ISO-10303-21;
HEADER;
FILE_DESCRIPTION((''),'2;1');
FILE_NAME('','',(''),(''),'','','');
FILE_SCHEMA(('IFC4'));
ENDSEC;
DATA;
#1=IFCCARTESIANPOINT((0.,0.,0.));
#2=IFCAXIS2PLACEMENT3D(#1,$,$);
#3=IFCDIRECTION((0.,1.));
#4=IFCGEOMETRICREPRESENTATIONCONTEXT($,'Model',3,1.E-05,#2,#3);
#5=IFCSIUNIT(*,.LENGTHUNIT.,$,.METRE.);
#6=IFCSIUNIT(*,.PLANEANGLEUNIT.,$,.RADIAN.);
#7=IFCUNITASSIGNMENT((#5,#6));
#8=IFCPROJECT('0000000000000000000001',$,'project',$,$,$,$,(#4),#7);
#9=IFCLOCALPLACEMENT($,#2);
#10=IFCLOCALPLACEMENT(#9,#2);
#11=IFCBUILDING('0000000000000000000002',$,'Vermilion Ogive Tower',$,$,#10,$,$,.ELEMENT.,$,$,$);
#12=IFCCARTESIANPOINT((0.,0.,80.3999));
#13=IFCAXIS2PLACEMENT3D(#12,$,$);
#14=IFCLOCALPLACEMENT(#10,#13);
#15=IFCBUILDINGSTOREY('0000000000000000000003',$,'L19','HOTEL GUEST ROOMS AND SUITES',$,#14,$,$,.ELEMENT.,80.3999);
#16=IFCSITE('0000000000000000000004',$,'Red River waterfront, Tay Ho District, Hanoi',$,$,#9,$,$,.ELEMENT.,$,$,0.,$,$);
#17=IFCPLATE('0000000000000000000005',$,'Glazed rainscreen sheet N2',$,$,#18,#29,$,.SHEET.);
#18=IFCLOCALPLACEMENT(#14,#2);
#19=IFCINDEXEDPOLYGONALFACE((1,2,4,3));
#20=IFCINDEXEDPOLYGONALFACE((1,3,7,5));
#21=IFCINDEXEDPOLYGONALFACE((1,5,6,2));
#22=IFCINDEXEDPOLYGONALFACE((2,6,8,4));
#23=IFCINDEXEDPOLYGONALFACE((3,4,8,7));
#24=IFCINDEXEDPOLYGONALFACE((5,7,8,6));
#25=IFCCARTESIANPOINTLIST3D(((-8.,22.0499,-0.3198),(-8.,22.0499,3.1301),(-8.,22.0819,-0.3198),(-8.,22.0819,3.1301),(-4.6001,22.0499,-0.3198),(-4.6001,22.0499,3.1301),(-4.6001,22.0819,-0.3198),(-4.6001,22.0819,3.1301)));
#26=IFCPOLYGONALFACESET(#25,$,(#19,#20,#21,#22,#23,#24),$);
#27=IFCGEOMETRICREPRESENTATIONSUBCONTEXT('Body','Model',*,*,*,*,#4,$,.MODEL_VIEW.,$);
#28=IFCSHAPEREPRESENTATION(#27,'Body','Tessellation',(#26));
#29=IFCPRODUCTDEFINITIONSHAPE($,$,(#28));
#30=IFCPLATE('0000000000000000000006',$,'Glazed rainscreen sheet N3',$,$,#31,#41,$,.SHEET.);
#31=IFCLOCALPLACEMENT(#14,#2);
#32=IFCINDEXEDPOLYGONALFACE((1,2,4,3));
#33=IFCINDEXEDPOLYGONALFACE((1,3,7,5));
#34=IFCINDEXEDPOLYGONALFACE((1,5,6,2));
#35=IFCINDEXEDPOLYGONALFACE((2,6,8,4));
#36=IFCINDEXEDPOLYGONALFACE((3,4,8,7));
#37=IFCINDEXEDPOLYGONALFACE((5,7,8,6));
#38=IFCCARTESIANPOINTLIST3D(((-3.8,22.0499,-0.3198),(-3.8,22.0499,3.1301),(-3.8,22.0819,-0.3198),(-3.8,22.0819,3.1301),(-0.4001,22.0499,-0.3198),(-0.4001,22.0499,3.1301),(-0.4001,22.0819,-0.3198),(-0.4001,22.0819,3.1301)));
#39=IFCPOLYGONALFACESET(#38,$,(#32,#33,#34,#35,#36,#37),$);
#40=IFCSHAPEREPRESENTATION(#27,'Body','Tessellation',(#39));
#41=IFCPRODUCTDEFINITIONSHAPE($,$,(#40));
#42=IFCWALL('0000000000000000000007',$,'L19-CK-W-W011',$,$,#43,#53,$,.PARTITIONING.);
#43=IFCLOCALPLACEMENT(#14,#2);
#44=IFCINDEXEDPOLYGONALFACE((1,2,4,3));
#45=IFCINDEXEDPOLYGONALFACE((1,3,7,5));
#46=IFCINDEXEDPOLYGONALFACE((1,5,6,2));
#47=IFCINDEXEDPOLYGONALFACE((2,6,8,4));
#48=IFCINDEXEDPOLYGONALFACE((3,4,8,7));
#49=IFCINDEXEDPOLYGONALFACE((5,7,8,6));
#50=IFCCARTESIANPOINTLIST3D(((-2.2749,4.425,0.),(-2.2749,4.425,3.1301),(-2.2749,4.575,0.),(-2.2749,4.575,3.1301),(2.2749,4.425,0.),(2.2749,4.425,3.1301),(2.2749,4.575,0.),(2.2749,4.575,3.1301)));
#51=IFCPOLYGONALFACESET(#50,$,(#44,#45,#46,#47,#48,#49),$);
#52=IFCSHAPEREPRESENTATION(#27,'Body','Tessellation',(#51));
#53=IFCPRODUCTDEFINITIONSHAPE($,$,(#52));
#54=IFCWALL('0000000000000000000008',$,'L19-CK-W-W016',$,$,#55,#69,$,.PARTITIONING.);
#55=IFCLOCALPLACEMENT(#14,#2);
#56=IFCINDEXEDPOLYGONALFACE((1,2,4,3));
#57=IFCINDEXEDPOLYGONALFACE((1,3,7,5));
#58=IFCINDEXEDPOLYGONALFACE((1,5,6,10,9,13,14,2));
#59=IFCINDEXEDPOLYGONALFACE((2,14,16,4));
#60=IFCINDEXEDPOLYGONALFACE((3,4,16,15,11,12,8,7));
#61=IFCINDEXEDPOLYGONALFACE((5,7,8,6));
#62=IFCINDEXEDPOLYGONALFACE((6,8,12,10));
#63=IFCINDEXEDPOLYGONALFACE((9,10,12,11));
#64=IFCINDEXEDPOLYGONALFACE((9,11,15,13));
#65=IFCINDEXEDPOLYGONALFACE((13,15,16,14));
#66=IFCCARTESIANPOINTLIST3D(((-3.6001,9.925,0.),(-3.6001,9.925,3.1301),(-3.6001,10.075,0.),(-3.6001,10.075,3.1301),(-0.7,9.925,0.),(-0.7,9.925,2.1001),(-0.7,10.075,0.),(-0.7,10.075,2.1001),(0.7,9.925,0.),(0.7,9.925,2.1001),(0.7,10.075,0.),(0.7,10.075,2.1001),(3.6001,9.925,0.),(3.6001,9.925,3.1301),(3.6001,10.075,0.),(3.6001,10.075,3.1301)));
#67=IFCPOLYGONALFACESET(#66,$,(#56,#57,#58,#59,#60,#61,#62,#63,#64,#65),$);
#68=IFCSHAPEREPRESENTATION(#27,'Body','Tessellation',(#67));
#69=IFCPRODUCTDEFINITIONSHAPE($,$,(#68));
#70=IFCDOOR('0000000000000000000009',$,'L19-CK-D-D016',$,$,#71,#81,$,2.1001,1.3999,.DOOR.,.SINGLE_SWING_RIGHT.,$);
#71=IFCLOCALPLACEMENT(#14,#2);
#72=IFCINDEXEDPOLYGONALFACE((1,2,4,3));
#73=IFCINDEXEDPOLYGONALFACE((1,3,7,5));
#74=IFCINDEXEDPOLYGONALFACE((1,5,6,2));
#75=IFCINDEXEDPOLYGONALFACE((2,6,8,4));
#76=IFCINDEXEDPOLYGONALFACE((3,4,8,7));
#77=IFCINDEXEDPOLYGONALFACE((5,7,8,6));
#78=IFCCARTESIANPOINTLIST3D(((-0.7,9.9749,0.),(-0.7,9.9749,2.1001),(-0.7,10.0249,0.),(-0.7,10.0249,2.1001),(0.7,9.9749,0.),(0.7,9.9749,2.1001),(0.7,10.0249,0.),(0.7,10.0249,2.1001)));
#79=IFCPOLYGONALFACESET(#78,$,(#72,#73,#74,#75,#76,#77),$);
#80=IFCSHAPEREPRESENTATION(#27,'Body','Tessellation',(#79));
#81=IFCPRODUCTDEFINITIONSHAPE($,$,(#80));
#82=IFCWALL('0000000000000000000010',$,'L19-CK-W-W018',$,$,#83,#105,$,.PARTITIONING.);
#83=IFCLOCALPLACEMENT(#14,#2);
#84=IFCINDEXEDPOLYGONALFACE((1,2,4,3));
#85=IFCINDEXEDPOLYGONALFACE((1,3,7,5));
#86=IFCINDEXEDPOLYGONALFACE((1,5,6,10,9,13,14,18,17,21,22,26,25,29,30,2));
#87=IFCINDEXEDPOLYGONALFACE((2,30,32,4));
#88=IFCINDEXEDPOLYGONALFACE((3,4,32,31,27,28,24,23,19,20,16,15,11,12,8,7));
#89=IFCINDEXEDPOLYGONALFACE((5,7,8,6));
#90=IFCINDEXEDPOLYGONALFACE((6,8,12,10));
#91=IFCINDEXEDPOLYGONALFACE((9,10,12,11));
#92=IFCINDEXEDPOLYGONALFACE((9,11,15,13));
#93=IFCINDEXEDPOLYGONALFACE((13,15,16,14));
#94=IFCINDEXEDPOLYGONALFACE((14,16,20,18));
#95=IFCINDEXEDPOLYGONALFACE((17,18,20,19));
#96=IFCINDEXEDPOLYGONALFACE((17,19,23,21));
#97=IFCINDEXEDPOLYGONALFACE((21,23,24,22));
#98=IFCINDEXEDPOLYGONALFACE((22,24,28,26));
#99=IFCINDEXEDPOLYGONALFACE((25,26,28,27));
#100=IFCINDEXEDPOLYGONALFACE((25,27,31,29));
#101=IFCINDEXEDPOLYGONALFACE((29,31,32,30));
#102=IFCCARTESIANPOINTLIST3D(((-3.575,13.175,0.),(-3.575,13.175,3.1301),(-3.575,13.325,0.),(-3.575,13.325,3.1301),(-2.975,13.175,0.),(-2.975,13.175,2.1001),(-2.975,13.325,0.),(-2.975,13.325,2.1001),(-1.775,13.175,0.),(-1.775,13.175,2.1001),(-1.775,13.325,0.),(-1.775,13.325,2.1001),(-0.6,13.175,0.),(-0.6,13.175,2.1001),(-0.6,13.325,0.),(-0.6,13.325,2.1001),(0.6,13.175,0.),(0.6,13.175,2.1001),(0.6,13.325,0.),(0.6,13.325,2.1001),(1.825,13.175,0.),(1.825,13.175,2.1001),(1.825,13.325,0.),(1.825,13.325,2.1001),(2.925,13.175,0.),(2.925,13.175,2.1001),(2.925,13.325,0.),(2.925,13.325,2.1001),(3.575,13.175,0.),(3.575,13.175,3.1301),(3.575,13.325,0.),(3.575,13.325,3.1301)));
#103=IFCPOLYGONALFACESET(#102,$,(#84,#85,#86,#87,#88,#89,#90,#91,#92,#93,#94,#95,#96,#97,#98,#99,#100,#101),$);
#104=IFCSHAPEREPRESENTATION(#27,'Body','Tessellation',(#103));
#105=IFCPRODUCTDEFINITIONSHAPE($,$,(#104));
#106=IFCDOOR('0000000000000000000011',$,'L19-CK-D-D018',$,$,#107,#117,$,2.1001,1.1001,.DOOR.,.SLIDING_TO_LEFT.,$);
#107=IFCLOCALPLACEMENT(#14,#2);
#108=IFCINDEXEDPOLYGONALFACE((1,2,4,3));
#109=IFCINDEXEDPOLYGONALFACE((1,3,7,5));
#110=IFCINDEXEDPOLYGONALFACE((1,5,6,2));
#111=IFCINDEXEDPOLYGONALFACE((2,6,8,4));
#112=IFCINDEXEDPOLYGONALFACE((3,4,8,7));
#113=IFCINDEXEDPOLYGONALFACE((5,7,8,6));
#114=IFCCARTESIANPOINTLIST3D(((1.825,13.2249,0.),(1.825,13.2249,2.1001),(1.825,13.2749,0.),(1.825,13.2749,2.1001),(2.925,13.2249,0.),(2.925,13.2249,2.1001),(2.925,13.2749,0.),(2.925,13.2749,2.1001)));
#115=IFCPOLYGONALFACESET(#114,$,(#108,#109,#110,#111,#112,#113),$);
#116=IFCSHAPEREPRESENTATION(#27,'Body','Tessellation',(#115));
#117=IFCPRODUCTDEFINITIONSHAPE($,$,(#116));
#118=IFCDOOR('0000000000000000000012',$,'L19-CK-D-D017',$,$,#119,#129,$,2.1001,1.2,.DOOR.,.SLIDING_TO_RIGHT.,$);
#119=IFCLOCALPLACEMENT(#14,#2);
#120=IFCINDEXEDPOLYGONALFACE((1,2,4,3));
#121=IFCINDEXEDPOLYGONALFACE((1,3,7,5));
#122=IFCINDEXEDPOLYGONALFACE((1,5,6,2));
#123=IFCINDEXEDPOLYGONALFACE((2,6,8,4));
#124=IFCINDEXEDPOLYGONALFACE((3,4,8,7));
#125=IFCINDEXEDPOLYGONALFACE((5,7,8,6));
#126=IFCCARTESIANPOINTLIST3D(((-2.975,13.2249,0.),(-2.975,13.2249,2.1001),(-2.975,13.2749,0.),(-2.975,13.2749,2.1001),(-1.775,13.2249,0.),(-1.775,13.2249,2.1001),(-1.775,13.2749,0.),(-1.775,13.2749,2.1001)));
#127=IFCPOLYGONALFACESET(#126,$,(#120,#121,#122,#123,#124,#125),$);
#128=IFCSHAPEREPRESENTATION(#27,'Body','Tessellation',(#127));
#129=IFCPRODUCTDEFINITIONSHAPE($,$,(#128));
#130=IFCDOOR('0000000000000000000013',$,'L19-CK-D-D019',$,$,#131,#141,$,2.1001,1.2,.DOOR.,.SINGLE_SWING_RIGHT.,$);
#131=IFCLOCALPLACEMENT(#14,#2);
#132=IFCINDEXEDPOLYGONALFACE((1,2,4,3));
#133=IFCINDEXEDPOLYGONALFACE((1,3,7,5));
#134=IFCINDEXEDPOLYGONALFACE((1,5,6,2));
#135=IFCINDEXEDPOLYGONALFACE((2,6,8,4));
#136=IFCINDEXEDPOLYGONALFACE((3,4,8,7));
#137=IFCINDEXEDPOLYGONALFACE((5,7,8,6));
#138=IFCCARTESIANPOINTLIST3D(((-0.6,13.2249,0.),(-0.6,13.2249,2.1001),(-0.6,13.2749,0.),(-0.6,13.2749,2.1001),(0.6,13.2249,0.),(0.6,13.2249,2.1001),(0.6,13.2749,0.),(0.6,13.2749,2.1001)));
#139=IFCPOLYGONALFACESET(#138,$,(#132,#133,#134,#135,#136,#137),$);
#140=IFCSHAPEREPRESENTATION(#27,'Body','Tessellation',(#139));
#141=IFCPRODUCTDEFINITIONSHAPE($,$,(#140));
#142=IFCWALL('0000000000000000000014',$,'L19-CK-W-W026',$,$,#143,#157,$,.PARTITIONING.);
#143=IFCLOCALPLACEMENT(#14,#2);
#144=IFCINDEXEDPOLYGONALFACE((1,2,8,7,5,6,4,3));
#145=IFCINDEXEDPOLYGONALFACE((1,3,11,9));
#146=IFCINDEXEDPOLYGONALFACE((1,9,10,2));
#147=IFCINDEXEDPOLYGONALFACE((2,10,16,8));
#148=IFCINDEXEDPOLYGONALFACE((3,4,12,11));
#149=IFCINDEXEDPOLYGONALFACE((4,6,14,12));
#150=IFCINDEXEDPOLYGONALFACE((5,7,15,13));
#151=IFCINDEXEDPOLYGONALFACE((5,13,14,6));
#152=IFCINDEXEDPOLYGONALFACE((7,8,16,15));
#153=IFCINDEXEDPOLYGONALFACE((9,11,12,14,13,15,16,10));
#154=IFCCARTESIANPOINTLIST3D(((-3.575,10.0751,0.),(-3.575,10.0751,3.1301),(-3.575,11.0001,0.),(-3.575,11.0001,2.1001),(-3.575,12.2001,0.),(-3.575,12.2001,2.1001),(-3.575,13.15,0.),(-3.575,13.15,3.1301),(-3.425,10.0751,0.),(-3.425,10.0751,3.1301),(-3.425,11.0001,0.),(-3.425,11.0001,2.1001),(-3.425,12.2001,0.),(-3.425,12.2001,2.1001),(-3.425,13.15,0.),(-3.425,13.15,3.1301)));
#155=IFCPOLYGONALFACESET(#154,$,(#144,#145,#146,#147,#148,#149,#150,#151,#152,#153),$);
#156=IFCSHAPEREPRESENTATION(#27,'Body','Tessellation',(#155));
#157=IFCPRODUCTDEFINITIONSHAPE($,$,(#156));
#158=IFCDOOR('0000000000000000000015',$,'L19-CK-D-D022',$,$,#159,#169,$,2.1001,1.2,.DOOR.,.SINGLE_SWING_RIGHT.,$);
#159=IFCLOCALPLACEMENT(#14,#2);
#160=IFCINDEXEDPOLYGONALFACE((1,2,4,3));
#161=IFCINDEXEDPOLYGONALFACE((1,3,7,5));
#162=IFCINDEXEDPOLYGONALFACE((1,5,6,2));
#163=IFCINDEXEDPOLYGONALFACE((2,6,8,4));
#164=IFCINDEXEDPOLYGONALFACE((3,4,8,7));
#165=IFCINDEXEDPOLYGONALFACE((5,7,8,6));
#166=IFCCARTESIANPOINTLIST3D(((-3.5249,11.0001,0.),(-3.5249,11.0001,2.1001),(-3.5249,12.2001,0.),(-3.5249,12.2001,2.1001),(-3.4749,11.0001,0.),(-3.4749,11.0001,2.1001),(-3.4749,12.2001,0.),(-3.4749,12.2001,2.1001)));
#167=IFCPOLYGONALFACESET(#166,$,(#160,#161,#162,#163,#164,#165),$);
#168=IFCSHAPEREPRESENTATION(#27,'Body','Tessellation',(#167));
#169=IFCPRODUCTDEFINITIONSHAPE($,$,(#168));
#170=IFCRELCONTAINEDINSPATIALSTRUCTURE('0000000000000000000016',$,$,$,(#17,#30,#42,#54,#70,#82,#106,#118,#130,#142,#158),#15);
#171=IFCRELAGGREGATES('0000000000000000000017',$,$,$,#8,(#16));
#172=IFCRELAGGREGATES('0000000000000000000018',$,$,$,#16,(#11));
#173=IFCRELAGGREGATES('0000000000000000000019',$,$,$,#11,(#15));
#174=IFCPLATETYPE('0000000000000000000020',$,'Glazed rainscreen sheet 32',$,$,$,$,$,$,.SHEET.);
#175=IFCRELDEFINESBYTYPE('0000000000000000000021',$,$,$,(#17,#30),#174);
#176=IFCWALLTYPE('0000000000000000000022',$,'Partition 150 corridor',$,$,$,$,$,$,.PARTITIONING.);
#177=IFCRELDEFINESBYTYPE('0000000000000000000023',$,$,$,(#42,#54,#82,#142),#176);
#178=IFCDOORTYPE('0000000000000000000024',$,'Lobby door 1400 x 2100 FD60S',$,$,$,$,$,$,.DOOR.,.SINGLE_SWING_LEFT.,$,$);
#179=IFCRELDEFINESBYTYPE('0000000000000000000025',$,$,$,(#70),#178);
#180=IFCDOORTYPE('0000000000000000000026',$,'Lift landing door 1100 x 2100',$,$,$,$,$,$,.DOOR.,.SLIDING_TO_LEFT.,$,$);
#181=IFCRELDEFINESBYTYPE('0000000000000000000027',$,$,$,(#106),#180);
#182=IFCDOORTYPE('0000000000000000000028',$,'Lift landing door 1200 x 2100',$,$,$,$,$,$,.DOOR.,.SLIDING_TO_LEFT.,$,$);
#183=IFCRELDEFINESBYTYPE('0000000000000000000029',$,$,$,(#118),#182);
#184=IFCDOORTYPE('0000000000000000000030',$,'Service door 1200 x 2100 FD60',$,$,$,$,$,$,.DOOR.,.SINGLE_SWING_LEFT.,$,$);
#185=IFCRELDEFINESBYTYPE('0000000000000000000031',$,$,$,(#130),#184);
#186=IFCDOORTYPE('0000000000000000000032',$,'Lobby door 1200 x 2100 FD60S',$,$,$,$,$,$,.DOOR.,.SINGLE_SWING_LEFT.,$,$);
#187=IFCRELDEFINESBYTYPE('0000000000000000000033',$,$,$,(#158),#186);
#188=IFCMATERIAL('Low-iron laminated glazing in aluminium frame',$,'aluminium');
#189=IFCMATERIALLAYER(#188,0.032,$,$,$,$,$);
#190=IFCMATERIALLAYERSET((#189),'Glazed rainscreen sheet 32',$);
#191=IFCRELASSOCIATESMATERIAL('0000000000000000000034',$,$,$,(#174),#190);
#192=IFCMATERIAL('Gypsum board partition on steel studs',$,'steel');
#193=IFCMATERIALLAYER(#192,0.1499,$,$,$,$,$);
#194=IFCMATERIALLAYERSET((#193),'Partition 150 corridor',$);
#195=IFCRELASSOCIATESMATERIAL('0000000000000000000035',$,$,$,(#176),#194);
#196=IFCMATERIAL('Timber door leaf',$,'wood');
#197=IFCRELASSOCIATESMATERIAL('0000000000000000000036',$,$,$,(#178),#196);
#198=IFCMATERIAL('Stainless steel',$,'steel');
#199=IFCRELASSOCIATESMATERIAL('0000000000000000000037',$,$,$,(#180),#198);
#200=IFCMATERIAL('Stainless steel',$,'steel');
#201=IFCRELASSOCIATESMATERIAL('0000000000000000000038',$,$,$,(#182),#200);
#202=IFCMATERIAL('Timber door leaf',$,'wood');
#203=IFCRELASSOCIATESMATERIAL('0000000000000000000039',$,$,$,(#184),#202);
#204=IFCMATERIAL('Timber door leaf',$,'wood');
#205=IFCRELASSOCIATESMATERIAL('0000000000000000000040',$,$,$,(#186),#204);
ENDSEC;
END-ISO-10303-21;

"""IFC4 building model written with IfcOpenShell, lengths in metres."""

from ifc_helpers import new_model, si_unit, direction, frame, frame_2d, origin, origin_2d, place, context, subcontext, project, spatial, rectangle, extrude, material, layer, layer_set, type_object, element, fill, save


model = new_model("IFC4")

# Units and contexts
model_context = context("Model", 3, precision=1e-05, world=origin(), true_north=direction((0.0, 1.0)))
body_context = subcontext(model_context, "Body", "Model", "MODEL_VIEW")
ifc_project = project(units=[si_unit("LENGTHUNIT", "METRE"), si_unit("PLANEANGLEUNIT", "RADIAN")], contexts=[model_context])

# Site, building, storey
site_placement = place(None, origin())
site = spatial("IfcSite", under=ifc_project, at=site_placement, Name="Red River waterfront, Tay Ho District, Hanoi", CompositionType="ELEMENT", RefElevation=0.0)
building_placement = place(site_placement, origin())
building = spatial("IfcBuilding", under=site, at=building_placement, Name="Vermilion Ogive Tower", CompositionType="ELEMENT")
storey_placement = place(building_placement, frame((0.0, 0.0, 80.3999)))
storey = spatial("IfcBuildingStorey", under=building, at=storey_placement, Name="L19", Description="HOTEL GUEST ROOMS AND SUITES", CompositionType="ELEMENT", Elevation=80.3999)

# Plates
ifc_material_1 = material(Name="Low-iron laminated glazing in aluminium frame", Category="aluminium")
ifc_layer_1 = layer(ifc_material_1, 0.032)
ifc_layer_set_1 = layer_set([ifc_layer_1], Name="Glazed rainscreen sheet 32")
plate_type = type_object("IfcPlateType", Name="Glazed rainscreen sheet 32", PredefinedType="SHEET", material=ifc_layer_set_1)
for number, where, z_axis, x_axis, name in (
    (1, (-6.3, 22.0659, -0.3198), (0.0, 0.0, 1.0), (1.0, 0.0, 0.0), "Glazed rainscreen sheet N2"),
    (2, (-2.1001, 22.0659, -0.3198), (0.0, 0.0, 1.0), (1.0, 0.0, 0.0), "Glazed rainscreen sheet N3"),
):
    element("IfcPlate", number, at=place(storey_placement, frame(where, z_axis=z_axis, x_axis=x_axis)), inside=storey, type_object=plate_type, Name=name, PredefinedType="SHEET", context=body_context, shape_type="SweptSolid", body=[
        extrude(rectangle(XDim=3.3999, YDim=0.032, at=origin_2d()), origin(), (0.0, 0.0, 1.0), 3.45),
    ])

# Wall
ifc_material_2 = material(Name="Gypsum board partition on steel studs", Category="steel")
ifc_layer_2 = layer(ifc_material_2, 0.1499)
ifc_layer_set_2 = layer_set([ifc_layer_2], Name="Partition 150 corridor")
wall_type_1 = type_object("IfcWallType", Name="Partition 150 corridor", PredefinedType="PARTITIONING", material=ifc_layer_set_2)
wall_1_placement = place(storey_placement, frame((-2.2749, 4.5, 0.0), z_axis=(0.0, 0.0, 1.0), x_axis=(1.0, 0.0, 0.0)))
element("IfcWall", 3, at=wall_1_placement, inside=storey, type_object=wall_type_1, Name="L19-CK-W-W011", PredefinedType="PARTITIONING", context=body_context, shape_type="SweptSolid", body=[
    extrude(rectangle(XDim=4.5498, YDim=0.1499, at=frame_2d((2.2749, 0.0))), origin(), (0.0, 0.0, 1.0), 3.1301),
])

# Wall, opening, door
wall_2_placement = place(storey_placement, frame((-3.6001, 10.0, 0.0), z_axis=(0.0, 0.0, 1.0), x_axis=(1.0, 0.0, 0.0)))
wall_2 = element("IfcWall", 4, at=wall_2_placement, inside=storey, type_object=wall_type_1, Name="L19-CK-W-W016", PredefinedType="PARTITIONING", context=body_context, shape_type="SweptSolid", body=[
    extrude(rectangle(XDim=7.2002, YDim=0.1499, at=frame_2d((3.6001, 0.0))), origin(), (0.0, 0.0, 1.0), 3.1301),
])
opening_1_placement = place(wall_2_placement, frame((2.9001, 0.0, 0.0)))
opening_1 = element("IfcOpeningElement", 5, at=opening_1_placement, cuts=wall_2, PredefinedType="OPENING", context=body_context, shape_type="SweptSolid", body=[
    extrude(rectangle(XDim=1.3999, YDim=2.1001, at=frame_2d((0.7, 1.05))), frame((0.0, 0.085, 0.0), z_axis=(0.0, -1.0, 0.0), x_axis=(1.0, 0.0, 0.0)), (0.0, 0.0, 1.0), 0.1699),
])
ifc_material_3 = material(Name="Timber door leaf", Category="wood")
door_type_1 = type_object("IfcDoorType", Name="Lobby door 1400 x 2100 FD60S", OperationType="SINGLE_SWING_LEFT", PredefinedType="DOOR", material=ifc_material_3)
door_1_placement = place(opening_1_placement, origin())
door_1 = element("IfcDoor", 6, at=door_1_placement, inside=storey, type_object=door_type_1, Name="L19-CK-D-D016", OperationType="SINGLE_SWING_RIGHT", OverallHeight=2.1001, OverallWidth=1.3999, PredefinedType="DOOR", context=body_context, shape_type="SweptSolid", body=[
    extrude(rectangle(XDim=1.3999, YDim=2.1001, at=frame_2d((0.7, 1.05))), frame((0.0, 0.0249, 0.0), z_axis=(0.0, -1.0, 0.0), x_axis=(1.0, 0.0, 0.0)), (0.0, 0.0, 1.0), 0.05),
])
fill(opening_1, door_1)

# Wall, openings, doors
wall_3_placement = place(storey_placement, frame((-3.575, 13.25, 0.0), z_axis=(0.0, 0.0, 1.0), x_axis=(1.0, 0.0, 0.0)))
wall_3 = element("IfcWall", 7, at=wall_3_placement, inside=storey, type_object=wall_type_1, Name="L19-CK-W-W018", PredefinedType="PARTITIONING", context=body_context, shape_type="SweptSolid", body=[
    extrude(rectangle(XDim=7.1499, YDim=0.1499, at=frame_2d((3.575, 0.0))), origin(), (0.0, 0.0, 1.0), 3.1301),
])
opening_2_placement = place(wall_3_placement, frame((0.5999, 0.0, 0.0)))
opening_2 = element("IfcOpeningElement", 8, at=opening_2_placement, cuts=wall_3, PredefinedType="OPENING", context=body_context, shape_type="SweptSolid", body=[
    extrude(rectangle(XDim=1.2, YDim=2.1001, at=frame_2d((0.6001, 1.05))), frame((0.0, 0.085, 0.0), z_axis=(0.0, -1.0, 0.0), x_axis=(1.0, 0.0, 0.0)), (0.0, 0.0, 1.0), 0.1699),
])
opening_3_placement = place(wall_3_placement, frame((5.3999, 0.0, 0.0)))
opening_3 = element("IfcOpeningElement", 9, at=opening_3_placement, cuts=wall_3, PredefinedType="OPENING", context=body_context, shape_type="SweptSolid", body=[
    extrude(rectangle(XDim=1.1001, YDim=2.1001, at=frame_2d((0.55, 1.05))), frame((0.0, 0.085, 0.0), z_axis=(0.0, -1.0, 0.0), x_axis=(1.0, 0.0, 0.0)), (0.0, 0.0, 1.0), 0.1699),
])
opening_4_placement = place(wall_3_placement, frame((2.9749, 0.0, 0.0)))
opening_4 = element("IfcOpeningElement", 10, at=opening_4_placement, cuts=wall_3, PredefinedType="OPENING", context=body_context, shape_type="SweptSolid", body=[
    extrude(rectangle(XDim=1.2, YDim=2.1001, at=frame_2d((0.6001, 1.05))), frame((0.0, 0.085, 0.0), z_axis=(0.0, -1.0, 0.0), x_axis=(1.0, 0.0, 0.0)), (0.0, 0.0, 1.0), 0.1699),
])
ifc_material_4 = material(Name="Stainless steel", Category="steel")
door_type_2 = type_object("IfcDoorType", Name="Lift landing door 1100 x 2100", OperationType="SLIDING_TO_LEFT", PredefinedType="DOOR", material=ifc_material_4)
door_2_placement = place(opening_3_placement, origin())
door_2 = element("IfcDoor", 11, at=door_2_placement, inside=storey, type_object=door_type_2, Name="L19-CK-D-D018", OperationType="SLIDING_TO_LEFT", OverallHeight=2.1001, OverallWidth=1.1001, PredefinedType="DOOR", context=body_context, shape_type="SweptSolid", body=[
    extrude(rectangle(XDim=1.1001, YDim=2.1001, at=frame_2d((0.55, 1.05))), frame((0.0, 0.0249, 0.0), z_axis=(0.0, -1.0, 0.0), x_axis=(1.0, 0.0, 0.0)), (0.0, 0.0, 1.0), 0.05),
])
fill(opening_3, door_2)
ifc_material_5 = material(Name="Stainless steel", Category="steel")
door_type_3 = type_object("IfcDoorType", Name="Lift landing door 1200 x 2100", OperationType="SLIDING_TO_LEFT", PredefinedType="DOOR", material=ifc_material_5)
door_3_placement = place(opening_2_placement, origin())
door_3 = element("IfcDoor", 12, at=door_3_placement, inside=storey, type_object=door_type_3, Name="L19-CK-D-D017", OperationType="SLIDING_TO_RIGHT", OverallHeight=2.1001, OverallWidth=1.2, PredefinedType="DOOR", context=body_context, shape_type="SweptSolid", body=[
    extrude(rectangle(XDim=1.2, YDim=2.1001, at=frame_2d((0.6001, 1.05))), frame((0.0, 0.0249, 0.0), z_axis=(0.0, -1.0, 0.0), x_axis=(1.0, 0.0, 0.0)), (0.0, 0.0, 1.0), 0.05),
])
fill(opening_2, door_3)
ifc_material_6 = material(Name="Timber door leaf", Category="wood")
door_type_4 = type_object("IfcDoorType", Name="Service door 1200 x 2100 FD60", OperationType="SINGLE_SWING_LEFT", PredefinedType="DOOR", material=ifc_material_6)
door_4_placement = place(opening_4_placement, origin())
door_4 = element("IfcDoor", 13, at=door_4_placement, inside=storey, type_object=door_type_4, Name="L19-CK-D-D019", OperationType="SINGLE_SWING_RIGHT", OverallHeight=2.1001, OverallWidth=1.2, PredefinedType="DOOR", context=body_context, shape_type="SweptSolid", body=[
    extrude(rectangle(XDim=1.2, YDim=2.1001, at=frame_2d((0.6001, 1.05))), frame((0.0, 0.0249, 0.0), z_axis=(0.0, -1.0, 0.0), x_axis=(1.0, 0.0, 0.0)), (0.0, 0.0, 1.0), 0.05),
])
fill(opening_4, door_4)

# Wall, opening, door
wall_4_placement = place(storey_placement, frame((-3.5, 10.075, 0.0), z_axis=(0.0, 0.0, 1.0), x_axis=(0.0, 1.0, 0.0)))
wall_4 = element("IfcWall", 14, at=wall_4_placement, inside=storey, type_object=wall_type_1, Name="L19-CK-W-W026", PredefinedType="PARTITIONING", context=body_context, shape_type="SweptSolid", body=[
    extrude(rectangle(XDim=3.075, YDim=0.1499, at=frame_2d((1.5376, 0.0))), origin(), (0.0, 0.0, 1.0), 3.1301),
])
opening_5_placement = place(wall_4_placement, frame((0.925, 0.0, 0.0)))
opening_5 = element("IfcOpeningElement", 15, at=opening_5_placement, cuts=wall_4, PredefinedType="OPENING", context=body_context, shape_type="SweptSolid", body=[
    extrude(rectangle(XDim=1.2, YDim=2.1001, at=frame_2d((0.6001, 1.05))), frame((0.0, 0.085, 0.0), z_axis=(0.0, -1.0, 0.0), x_axis=(1.0, 0.0, 0.0)), (0.0, 0.0, 1.0), 0.1699),
])
ifc_material_7 = material(Name="Timber door leaf", Category="wood")
door_type_5 = type_object("IfcDoorType", Name="Lobby door 1200 x 2100 FD60S", OperationType="SINGLE_SWING_LEFT", PredefinedType="DOOR", material=ifc_material_7)
door_5_placement = place(opening_5_placement, origin())
door_5 = element("IfcDoor", 16, at=door_5_placement, inside=storey, type_object=door_type_5, Name="L19-CK-D-D022", OperationType="SINGLE_SWING_RIGHT", OverallHeight=2.1001, OverallWidth=1.2, PredefinedType="DOOR", context=body_context, shape_type="SweptSolid", body=[
    extrude(rectangle(XDim=1.2, YDim=2.1001, at=frame_2d((0.6001, 1.05))), frame((0.0, 0.0249, 0.0), z_axis=(0.0, -1.0, 0.0), x_axis=(1.0, 0.0, 0.0)), (0.0, 0.0, 1.0), 0.05),
])
fill(opening_5, door_5)

save(model, "model.ifc")
